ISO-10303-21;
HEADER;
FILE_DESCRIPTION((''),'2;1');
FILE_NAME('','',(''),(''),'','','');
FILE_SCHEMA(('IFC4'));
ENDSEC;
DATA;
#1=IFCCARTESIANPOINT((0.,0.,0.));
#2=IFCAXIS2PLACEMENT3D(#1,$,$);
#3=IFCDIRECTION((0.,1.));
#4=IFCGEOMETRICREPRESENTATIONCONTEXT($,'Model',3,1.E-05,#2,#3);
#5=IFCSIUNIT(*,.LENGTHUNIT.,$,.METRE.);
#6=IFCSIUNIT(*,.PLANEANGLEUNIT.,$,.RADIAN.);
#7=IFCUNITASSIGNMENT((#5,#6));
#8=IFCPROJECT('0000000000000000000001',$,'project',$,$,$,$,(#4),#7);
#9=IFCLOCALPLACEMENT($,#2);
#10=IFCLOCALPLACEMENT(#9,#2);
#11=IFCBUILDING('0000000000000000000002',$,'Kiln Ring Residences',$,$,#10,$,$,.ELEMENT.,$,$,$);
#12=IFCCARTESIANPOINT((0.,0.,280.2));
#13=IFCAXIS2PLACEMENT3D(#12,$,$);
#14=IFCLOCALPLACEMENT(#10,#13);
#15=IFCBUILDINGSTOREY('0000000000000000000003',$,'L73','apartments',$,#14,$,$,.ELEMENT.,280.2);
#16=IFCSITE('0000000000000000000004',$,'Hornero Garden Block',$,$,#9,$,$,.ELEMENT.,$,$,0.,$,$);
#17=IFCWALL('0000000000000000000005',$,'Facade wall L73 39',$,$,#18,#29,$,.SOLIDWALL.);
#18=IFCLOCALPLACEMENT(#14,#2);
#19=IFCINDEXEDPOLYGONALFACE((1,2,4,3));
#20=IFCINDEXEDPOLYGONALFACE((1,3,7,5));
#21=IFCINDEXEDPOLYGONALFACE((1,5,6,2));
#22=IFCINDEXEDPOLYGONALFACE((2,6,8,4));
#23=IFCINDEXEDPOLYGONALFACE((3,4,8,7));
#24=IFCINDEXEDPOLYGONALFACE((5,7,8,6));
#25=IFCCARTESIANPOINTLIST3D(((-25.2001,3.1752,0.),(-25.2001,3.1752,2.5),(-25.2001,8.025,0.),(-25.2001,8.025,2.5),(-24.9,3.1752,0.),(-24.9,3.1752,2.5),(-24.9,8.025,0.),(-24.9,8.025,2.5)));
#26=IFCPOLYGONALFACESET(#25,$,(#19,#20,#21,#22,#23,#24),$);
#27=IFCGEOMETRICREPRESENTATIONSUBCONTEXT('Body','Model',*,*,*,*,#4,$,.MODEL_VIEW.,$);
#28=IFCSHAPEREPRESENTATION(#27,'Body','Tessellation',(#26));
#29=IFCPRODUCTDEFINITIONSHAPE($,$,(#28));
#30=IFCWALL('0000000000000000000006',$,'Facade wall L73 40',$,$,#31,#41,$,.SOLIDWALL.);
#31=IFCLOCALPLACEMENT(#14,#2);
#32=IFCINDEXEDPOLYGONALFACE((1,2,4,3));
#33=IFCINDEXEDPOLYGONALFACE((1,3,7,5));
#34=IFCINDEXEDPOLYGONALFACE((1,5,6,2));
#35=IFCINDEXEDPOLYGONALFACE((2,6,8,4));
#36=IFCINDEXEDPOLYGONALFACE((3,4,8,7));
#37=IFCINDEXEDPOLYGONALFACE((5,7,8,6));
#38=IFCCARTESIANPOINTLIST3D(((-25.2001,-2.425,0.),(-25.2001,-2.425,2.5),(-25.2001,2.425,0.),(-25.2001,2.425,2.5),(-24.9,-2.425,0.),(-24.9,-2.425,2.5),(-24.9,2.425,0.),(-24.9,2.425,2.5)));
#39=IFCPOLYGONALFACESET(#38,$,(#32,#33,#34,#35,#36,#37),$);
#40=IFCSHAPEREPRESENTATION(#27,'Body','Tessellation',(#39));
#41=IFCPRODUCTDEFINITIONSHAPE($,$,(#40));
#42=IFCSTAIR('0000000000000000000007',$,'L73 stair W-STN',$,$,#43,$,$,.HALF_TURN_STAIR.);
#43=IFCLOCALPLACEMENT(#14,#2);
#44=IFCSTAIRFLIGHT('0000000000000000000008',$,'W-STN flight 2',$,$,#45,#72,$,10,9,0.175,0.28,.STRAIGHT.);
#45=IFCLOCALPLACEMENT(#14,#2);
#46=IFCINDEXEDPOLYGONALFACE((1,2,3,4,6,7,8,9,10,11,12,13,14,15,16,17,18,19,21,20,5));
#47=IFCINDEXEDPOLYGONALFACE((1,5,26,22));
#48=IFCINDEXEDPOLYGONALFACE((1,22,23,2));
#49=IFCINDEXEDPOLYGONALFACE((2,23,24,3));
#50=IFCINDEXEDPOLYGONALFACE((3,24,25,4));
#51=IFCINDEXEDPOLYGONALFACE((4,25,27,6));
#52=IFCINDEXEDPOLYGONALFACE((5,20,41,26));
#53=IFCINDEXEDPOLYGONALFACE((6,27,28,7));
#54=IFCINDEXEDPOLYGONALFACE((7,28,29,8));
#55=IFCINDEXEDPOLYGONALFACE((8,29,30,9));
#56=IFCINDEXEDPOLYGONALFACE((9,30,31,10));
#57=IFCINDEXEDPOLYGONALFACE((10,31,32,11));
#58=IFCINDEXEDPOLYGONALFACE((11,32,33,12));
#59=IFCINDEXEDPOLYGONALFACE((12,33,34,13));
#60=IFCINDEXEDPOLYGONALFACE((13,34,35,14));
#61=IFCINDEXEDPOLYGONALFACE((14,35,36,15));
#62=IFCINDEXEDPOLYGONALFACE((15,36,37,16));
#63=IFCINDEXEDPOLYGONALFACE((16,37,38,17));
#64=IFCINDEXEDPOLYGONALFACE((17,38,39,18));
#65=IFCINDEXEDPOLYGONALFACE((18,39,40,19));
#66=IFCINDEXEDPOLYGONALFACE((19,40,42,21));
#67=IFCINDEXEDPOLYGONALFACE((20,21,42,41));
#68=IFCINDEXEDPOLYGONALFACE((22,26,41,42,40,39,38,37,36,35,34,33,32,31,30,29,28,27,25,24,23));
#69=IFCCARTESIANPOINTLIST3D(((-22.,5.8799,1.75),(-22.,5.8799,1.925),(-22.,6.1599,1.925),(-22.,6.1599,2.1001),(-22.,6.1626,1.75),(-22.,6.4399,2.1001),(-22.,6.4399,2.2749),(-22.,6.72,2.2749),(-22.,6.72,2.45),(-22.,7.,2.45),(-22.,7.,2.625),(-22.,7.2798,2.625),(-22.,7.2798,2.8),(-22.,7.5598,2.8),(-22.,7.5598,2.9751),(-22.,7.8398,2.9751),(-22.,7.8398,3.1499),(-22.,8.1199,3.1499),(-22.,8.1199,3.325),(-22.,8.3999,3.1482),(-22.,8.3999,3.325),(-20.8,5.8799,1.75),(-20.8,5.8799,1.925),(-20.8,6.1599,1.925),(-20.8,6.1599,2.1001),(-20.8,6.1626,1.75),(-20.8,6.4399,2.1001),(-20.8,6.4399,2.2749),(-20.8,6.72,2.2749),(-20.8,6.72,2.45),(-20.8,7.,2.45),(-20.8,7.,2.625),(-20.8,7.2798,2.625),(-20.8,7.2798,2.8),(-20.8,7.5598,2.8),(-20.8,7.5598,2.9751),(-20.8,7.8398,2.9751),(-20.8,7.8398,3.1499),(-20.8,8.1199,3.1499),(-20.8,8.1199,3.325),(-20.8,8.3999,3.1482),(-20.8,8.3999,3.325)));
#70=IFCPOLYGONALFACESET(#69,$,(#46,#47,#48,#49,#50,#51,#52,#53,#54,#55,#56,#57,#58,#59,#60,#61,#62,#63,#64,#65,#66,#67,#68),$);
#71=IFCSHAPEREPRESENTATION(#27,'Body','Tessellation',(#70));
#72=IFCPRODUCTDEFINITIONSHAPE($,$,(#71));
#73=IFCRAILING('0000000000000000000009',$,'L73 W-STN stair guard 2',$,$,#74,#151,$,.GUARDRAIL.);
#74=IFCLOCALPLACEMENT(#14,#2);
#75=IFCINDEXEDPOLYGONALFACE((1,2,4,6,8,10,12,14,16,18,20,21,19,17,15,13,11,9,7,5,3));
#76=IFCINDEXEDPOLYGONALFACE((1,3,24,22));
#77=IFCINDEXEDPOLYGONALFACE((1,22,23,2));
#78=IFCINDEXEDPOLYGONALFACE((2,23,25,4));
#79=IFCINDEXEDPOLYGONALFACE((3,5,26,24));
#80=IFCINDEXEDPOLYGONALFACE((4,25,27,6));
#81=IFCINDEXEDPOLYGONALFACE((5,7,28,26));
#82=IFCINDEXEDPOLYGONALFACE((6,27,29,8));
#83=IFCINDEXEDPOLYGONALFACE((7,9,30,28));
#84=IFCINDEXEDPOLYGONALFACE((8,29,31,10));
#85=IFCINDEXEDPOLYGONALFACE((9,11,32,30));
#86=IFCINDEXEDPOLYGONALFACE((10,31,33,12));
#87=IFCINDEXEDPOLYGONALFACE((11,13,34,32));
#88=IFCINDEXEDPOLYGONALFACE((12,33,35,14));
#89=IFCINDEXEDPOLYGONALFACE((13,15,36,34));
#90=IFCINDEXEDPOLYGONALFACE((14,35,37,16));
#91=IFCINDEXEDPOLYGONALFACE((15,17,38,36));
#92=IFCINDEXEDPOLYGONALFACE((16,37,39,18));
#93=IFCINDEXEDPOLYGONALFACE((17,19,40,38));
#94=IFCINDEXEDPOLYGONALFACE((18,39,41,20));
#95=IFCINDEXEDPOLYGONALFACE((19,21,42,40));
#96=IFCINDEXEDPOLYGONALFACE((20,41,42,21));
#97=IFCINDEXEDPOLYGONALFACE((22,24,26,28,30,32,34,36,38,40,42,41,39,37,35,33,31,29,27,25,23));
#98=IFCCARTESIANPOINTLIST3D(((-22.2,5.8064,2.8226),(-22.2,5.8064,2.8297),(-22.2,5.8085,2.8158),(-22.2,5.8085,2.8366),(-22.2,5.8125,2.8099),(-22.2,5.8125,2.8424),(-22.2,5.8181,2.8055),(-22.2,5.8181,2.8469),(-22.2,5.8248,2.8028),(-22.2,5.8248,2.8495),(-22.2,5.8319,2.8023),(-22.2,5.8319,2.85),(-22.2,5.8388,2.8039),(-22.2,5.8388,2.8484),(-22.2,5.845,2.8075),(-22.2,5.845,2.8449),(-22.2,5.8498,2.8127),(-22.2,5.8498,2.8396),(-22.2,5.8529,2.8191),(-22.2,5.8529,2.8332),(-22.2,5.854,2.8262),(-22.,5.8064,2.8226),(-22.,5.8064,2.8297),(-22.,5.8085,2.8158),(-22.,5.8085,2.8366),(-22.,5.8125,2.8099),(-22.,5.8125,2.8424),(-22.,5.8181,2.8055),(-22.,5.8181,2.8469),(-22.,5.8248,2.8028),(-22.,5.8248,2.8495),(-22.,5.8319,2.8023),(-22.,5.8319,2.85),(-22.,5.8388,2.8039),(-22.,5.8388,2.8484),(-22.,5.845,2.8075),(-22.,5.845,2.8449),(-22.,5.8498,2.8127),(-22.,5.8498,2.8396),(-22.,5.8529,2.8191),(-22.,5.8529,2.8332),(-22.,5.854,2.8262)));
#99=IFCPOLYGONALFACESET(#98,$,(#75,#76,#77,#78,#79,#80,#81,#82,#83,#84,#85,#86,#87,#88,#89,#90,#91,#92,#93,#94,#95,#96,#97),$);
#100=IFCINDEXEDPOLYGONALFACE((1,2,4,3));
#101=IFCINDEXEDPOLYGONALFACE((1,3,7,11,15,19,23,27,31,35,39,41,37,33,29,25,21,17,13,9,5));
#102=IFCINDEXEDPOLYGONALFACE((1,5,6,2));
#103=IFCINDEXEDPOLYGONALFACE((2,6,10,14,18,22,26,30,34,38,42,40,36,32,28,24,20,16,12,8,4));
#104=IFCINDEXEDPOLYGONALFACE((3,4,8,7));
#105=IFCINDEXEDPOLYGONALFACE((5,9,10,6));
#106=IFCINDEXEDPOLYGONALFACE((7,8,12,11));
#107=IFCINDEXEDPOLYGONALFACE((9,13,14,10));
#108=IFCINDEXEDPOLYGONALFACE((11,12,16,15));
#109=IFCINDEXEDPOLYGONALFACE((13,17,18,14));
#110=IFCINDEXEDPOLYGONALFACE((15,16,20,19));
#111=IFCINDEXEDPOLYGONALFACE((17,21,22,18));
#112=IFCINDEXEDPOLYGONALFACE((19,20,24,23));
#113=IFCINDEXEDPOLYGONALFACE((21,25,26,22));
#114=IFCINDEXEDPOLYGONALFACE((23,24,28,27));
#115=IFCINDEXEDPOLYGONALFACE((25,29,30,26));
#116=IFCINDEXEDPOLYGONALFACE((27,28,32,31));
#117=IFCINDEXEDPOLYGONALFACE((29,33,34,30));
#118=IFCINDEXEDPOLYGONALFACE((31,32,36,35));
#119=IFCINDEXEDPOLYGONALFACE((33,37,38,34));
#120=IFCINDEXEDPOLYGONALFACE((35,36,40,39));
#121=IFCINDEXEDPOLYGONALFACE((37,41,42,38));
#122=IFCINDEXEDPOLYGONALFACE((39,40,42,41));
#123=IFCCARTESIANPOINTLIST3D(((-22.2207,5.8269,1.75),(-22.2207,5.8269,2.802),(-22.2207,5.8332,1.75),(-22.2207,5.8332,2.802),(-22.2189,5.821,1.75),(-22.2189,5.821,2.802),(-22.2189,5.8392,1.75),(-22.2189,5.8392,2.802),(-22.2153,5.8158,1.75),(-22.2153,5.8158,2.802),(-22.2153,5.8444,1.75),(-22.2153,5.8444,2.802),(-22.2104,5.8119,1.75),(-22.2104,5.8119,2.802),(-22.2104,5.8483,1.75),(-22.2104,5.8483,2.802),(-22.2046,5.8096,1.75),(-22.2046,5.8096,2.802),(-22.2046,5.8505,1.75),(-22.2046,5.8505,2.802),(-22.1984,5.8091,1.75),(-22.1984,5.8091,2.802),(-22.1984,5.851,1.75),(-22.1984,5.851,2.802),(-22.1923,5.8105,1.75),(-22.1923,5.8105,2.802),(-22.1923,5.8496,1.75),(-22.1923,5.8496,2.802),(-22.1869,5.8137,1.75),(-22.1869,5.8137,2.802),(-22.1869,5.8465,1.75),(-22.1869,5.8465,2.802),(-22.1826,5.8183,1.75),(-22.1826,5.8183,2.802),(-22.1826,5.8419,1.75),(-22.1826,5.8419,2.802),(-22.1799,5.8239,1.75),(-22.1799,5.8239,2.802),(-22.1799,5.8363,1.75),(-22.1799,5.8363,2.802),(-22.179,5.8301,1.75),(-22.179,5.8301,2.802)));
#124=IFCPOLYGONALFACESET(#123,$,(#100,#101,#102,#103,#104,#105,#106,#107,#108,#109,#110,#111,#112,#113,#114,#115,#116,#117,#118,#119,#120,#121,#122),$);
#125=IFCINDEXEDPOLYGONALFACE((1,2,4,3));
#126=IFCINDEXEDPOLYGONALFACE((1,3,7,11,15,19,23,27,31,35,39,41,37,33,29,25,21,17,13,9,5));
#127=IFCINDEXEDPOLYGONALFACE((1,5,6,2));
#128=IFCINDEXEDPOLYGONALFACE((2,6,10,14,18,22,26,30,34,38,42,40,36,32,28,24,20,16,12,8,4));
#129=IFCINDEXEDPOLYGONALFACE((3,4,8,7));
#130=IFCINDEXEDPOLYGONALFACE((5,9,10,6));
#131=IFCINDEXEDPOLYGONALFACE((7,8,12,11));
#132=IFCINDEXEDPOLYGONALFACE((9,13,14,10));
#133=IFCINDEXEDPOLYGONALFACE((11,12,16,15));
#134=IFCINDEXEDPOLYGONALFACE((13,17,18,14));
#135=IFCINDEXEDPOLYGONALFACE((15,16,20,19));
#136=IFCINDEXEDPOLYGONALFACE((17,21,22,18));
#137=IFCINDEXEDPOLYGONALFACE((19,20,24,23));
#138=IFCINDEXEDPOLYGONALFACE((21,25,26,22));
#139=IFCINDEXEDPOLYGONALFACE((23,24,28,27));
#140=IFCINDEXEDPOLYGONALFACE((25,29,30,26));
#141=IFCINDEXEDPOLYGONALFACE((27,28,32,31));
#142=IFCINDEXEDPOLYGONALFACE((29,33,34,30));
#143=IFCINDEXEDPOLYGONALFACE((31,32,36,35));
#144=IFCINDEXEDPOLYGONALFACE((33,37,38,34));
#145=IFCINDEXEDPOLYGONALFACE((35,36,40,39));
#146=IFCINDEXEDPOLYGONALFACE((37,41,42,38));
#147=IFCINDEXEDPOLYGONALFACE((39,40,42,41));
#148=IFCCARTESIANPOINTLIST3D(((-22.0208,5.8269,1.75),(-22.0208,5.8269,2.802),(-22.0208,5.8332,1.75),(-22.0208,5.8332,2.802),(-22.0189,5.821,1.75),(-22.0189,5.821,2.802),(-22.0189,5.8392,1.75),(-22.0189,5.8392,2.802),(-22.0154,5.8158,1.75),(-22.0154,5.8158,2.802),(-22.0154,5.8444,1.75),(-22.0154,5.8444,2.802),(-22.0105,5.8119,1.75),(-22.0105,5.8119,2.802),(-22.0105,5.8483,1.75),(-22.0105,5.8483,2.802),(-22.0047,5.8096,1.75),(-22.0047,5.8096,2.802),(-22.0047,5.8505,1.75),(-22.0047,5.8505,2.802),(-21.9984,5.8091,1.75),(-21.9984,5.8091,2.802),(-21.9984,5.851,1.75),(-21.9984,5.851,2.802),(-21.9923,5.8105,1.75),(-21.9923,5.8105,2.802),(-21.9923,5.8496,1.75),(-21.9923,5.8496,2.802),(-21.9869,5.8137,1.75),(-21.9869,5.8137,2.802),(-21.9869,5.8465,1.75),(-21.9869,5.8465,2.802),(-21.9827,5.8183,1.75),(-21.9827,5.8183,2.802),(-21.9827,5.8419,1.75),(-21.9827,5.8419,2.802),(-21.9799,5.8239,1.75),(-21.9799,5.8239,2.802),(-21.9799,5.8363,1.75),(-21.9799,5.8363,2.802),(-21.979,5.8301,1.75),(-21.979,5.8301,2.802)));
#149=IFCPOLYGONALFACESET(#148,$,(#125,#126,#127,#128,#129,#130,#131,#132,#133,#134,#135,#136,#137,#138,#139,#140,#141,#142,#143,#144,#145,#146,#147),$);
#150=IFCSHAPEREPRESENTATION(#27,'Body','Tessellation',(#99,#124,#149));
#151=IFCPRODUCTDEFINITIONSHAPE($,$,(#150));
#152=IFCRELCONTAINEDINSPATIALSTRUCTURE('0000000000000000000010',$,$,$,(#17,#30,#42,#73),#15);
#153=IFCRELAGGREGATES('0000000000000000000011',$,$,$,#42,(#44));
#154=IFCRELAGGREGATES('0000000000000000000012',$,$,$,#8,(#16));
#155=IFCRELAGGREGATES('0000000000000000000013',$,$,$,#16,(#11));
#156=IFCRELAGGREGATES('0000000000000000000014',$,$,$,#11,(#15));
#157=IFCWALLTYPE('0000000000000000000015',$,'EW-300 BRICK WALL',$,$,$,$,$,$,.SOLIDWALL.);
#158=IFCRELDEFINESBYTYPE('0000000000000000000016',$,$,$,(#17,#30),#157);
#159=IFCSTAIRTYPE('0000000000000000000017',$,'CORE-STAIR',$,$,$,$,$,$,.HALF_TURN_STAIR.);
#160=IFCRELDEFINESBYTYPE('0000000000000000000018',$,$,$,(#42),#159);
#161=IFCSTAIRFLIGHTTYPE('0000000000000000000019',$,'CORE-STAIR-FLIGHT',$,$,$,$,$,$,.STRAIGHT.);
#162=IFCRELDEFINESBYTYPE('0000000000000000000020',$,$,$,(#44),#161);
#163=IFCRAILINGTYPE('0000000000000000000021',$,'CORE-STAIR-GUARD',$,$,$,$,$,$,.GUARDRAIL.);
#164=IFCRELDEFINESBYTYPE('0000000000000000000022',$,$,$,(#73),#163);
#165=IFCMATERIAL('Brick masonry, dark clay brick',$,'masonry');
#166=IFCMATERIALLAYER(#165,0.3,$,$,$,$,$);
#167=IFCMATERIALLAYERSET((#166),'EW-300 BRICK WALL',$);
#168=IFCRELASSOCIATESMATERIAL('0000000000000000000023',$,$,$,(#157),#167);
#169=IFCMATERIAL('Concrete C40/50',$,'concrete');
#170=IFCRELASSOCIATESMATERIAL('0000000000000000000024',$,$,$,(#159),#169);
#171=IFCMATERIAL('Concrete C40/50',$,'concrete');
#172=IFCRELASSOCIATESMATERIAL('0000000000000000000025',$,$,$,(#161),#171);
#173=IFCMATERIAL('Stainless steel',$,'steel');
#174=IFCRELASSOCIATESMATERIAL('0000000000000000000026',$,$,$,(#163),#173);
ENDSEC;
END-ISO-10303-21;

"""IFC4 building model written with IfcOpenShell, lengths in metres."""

from ifc_helpers import new_model, si_unit, direction, frame, frame_2d, origin, origin_2d, place, context, subcontext, project, spatial, polyline, rectangle, circle, outline, extrude, material, layer, layer_set, type_object, element, aggregate, save


model = new_model("IFC4")

# Units and contexts
model_context = context("Model", 3, precision=1e-05, world=origin(), true_north=direction((0.0, 1.0)))
body_context = subcontext(model_context, "Body", "Model", "MODEL_VIEW")
ifc_project = project(units=[si_unit("LENGTHUNIT", "METRE"), si_unit("PLANEANGLEUNIT", "RADIAN")], contexts=[model_context])

# Site, building, storey
site_placement = place(None, origin())
site = spatial("IfcSite", under=ifc_project, at=site_placement, Name="Hornero Garden Block", CompositionType="ELEMENT", RefElevation=0.0)
building_placement = place(site_placement, origin())
building = spatial("IfcBuilding", under=site, at=building_placement, Name="Kiln Ring Residences", CompositionType="ELEMENT")
storey_placement = place(building_placement, frame((0.0, 0.0, 280.2)))
storey = spatial("IfcBuildingStorey", under=building, at=storey_placement, Name="L73", Description="apartments", CompositionType="ELEMENT", Elevation=280.2)

# Walls
ifc_material_1 = material(Name="Brick masonry, dark clay brick", Category="masonry")
ifc_layer_1 = layer(ifc_material_1, 0.3)
ifc_layer_set_1 = layer_set([ifc_layer_1], Name="EW-300 BRICK WALL")
wall_type_1 = type_object("IfcWallType", Name="EW-300 BRICK WALL", PredefinedType="SOLIDWALL", material=ifc_layer_set_1)
wall_1_placement = place(storey_placement, frame((-25.05, 8.0249, 0.0), z_axis=(0.0, 0.0, 1.0), x_axis=(0.0, -1.0, 0.0)))
element("IfcWall", 1, at=wall_1_placement, inside=storey, type_object=wall_type_1, Name="Facade wall L73 39", PredefinedType="SOLIDWALL", context=body_context, shape_type="SweptSolid", body=[
    extrude(rectangle(XDim=4.8499, YDim=0.3, at=frame_2d((2.4248, 0.0))), origin(), (0.0, 0.0, 1.0), 2.5),
])
wall_2_placement = place(storey_placement, frame((-25.05, 2.425, 0.0), z_axis=(0.0, 0.0, 1.0), x_axis=(0.0, -1.0, 0.0)))
element("IfcWall", 2, at=wall_2_placement, inside=storey, type_object=wall_type_1, Name="Facade wall L73 40", PredefinedType="SOLIDWALL", context=body_context, shape_type="SweptSolid", body=[
    extrude(rectangle(XDim=4.8501, YDim=0.3, at=frame_2d((2.425, 0.0))), origin(), (0.0, 0.0, 1.0), 2.5),
])

# Stair, stair flight
ifc_material_2 = material(Name="Concrete C40/50", Category="concrete")
stair_type = type_object("IfcStairType", Name="CORE-STAIR", PredefinedType="HALF_TURN_STAIR", material=ifc_material_2)
stair_placement = place(storey_placement, origin())
stair = element("IfcStair", 3, at=stair_placement, inside=storey, type_object=stair_type, Name="L73 stair W-STN", PredefinedType="HALF_TURN_STAIR")
ifc_material_3 = material(Name="Concrete C40/50", Category="concrete")
stair_flight_type = type_object("IfcStairFlightType", Name="CORE-STAIR-FLIGHT", PredefinedType="STRAIGHT", material=ifc_material_3)
stair_flight_placement = place(storey_placement, frame((-21.3999, 5.8799, 1.75), z_axis=(0.0, 0.0, 1.0), x_axis=(0.0, 1.0, 0.0)))
stair_flight = element("IfcStairFlight", 4, at=stair_flight_placement, type_object=stair_flight_type, Name="W-STN flight 2", NumberOfRisers=10, NumberOfTreads=9, PredefinedType="STRAIGHT", RiserHeight=0.175, TreadLength=0.28, context=body_context, shape_type="SweptSolid", body=[
    extrude(outline(polyline([(0.0, 0.0), (0.0, 0.175), (0.28, 0.175), (0.28, 0.3501), (0.5601, 0.3501), (0.5601, 0.5249), (0.8401, 0.5249), (0.8401, 0.7), (1.1201, 0.7), (1.1201, 0.875), (1.3999, 0.875), (1.3999, 1.05), (1.6799, 1.05), (1.6799, 1.2251), (1.96, 1.2251), (1.96, 1.3999), (2.24, 1.3999), (2.24, 1.575), (2.52, 1.575), (2.52, 1.75), (2.52, 1.3982), (0.2827, 0.0), (0.0, 0.0)])), frame((0.0, 0.6001, 0.0), z_axis=(0.0, -1.0, 0.0), x_axis=(1.0, 0.0, 0.0)), (0.0, 0.0, 1.0), 1.2),
])
aggregate(stair, [stair_flight])

# Railing
ifc_material_4 = material(Name="Stainless steel", Category="steel")
railing_type_1 = type_object("IfcRailingType", Name="CORE-STAIR-GUARD", PredefinedType="GUARDRAIL", material=ifc_material_4)
railing_1_placement = place(storey_placement, frame((-22.2, 5.8301, 1.75)))
element("IfcRailing", 5, at=railing_1_placement, inside=storey, type_object=railing_type_1, Name="L73 W-STN stair guard 2", PredefinedType="GUARDRAIL", context=body_context, shape_type="SweptSolid", body=[
    extrude(circle(Radius=0.0239, at=origin_2d()), frame((0.0, 0.0, 1.0762), z_axis=(1.0, 0.0, 0.0), x_axis=(0.0, 1.0, 0.0)), (0.0, 0.0, 1.0), 0.2),
    extrude(circle(Radius=0.021, at=origin_2d()), origin(), (0.0, 0.0, 1.0), 1.052),
    extrude(circle(Radius=0.021, at=origin_2d()), frame((0.2, 0.0, 0.0)), (0.0, 0.0, 1.0), 1.052),
])

save(model, "model.ifc")
